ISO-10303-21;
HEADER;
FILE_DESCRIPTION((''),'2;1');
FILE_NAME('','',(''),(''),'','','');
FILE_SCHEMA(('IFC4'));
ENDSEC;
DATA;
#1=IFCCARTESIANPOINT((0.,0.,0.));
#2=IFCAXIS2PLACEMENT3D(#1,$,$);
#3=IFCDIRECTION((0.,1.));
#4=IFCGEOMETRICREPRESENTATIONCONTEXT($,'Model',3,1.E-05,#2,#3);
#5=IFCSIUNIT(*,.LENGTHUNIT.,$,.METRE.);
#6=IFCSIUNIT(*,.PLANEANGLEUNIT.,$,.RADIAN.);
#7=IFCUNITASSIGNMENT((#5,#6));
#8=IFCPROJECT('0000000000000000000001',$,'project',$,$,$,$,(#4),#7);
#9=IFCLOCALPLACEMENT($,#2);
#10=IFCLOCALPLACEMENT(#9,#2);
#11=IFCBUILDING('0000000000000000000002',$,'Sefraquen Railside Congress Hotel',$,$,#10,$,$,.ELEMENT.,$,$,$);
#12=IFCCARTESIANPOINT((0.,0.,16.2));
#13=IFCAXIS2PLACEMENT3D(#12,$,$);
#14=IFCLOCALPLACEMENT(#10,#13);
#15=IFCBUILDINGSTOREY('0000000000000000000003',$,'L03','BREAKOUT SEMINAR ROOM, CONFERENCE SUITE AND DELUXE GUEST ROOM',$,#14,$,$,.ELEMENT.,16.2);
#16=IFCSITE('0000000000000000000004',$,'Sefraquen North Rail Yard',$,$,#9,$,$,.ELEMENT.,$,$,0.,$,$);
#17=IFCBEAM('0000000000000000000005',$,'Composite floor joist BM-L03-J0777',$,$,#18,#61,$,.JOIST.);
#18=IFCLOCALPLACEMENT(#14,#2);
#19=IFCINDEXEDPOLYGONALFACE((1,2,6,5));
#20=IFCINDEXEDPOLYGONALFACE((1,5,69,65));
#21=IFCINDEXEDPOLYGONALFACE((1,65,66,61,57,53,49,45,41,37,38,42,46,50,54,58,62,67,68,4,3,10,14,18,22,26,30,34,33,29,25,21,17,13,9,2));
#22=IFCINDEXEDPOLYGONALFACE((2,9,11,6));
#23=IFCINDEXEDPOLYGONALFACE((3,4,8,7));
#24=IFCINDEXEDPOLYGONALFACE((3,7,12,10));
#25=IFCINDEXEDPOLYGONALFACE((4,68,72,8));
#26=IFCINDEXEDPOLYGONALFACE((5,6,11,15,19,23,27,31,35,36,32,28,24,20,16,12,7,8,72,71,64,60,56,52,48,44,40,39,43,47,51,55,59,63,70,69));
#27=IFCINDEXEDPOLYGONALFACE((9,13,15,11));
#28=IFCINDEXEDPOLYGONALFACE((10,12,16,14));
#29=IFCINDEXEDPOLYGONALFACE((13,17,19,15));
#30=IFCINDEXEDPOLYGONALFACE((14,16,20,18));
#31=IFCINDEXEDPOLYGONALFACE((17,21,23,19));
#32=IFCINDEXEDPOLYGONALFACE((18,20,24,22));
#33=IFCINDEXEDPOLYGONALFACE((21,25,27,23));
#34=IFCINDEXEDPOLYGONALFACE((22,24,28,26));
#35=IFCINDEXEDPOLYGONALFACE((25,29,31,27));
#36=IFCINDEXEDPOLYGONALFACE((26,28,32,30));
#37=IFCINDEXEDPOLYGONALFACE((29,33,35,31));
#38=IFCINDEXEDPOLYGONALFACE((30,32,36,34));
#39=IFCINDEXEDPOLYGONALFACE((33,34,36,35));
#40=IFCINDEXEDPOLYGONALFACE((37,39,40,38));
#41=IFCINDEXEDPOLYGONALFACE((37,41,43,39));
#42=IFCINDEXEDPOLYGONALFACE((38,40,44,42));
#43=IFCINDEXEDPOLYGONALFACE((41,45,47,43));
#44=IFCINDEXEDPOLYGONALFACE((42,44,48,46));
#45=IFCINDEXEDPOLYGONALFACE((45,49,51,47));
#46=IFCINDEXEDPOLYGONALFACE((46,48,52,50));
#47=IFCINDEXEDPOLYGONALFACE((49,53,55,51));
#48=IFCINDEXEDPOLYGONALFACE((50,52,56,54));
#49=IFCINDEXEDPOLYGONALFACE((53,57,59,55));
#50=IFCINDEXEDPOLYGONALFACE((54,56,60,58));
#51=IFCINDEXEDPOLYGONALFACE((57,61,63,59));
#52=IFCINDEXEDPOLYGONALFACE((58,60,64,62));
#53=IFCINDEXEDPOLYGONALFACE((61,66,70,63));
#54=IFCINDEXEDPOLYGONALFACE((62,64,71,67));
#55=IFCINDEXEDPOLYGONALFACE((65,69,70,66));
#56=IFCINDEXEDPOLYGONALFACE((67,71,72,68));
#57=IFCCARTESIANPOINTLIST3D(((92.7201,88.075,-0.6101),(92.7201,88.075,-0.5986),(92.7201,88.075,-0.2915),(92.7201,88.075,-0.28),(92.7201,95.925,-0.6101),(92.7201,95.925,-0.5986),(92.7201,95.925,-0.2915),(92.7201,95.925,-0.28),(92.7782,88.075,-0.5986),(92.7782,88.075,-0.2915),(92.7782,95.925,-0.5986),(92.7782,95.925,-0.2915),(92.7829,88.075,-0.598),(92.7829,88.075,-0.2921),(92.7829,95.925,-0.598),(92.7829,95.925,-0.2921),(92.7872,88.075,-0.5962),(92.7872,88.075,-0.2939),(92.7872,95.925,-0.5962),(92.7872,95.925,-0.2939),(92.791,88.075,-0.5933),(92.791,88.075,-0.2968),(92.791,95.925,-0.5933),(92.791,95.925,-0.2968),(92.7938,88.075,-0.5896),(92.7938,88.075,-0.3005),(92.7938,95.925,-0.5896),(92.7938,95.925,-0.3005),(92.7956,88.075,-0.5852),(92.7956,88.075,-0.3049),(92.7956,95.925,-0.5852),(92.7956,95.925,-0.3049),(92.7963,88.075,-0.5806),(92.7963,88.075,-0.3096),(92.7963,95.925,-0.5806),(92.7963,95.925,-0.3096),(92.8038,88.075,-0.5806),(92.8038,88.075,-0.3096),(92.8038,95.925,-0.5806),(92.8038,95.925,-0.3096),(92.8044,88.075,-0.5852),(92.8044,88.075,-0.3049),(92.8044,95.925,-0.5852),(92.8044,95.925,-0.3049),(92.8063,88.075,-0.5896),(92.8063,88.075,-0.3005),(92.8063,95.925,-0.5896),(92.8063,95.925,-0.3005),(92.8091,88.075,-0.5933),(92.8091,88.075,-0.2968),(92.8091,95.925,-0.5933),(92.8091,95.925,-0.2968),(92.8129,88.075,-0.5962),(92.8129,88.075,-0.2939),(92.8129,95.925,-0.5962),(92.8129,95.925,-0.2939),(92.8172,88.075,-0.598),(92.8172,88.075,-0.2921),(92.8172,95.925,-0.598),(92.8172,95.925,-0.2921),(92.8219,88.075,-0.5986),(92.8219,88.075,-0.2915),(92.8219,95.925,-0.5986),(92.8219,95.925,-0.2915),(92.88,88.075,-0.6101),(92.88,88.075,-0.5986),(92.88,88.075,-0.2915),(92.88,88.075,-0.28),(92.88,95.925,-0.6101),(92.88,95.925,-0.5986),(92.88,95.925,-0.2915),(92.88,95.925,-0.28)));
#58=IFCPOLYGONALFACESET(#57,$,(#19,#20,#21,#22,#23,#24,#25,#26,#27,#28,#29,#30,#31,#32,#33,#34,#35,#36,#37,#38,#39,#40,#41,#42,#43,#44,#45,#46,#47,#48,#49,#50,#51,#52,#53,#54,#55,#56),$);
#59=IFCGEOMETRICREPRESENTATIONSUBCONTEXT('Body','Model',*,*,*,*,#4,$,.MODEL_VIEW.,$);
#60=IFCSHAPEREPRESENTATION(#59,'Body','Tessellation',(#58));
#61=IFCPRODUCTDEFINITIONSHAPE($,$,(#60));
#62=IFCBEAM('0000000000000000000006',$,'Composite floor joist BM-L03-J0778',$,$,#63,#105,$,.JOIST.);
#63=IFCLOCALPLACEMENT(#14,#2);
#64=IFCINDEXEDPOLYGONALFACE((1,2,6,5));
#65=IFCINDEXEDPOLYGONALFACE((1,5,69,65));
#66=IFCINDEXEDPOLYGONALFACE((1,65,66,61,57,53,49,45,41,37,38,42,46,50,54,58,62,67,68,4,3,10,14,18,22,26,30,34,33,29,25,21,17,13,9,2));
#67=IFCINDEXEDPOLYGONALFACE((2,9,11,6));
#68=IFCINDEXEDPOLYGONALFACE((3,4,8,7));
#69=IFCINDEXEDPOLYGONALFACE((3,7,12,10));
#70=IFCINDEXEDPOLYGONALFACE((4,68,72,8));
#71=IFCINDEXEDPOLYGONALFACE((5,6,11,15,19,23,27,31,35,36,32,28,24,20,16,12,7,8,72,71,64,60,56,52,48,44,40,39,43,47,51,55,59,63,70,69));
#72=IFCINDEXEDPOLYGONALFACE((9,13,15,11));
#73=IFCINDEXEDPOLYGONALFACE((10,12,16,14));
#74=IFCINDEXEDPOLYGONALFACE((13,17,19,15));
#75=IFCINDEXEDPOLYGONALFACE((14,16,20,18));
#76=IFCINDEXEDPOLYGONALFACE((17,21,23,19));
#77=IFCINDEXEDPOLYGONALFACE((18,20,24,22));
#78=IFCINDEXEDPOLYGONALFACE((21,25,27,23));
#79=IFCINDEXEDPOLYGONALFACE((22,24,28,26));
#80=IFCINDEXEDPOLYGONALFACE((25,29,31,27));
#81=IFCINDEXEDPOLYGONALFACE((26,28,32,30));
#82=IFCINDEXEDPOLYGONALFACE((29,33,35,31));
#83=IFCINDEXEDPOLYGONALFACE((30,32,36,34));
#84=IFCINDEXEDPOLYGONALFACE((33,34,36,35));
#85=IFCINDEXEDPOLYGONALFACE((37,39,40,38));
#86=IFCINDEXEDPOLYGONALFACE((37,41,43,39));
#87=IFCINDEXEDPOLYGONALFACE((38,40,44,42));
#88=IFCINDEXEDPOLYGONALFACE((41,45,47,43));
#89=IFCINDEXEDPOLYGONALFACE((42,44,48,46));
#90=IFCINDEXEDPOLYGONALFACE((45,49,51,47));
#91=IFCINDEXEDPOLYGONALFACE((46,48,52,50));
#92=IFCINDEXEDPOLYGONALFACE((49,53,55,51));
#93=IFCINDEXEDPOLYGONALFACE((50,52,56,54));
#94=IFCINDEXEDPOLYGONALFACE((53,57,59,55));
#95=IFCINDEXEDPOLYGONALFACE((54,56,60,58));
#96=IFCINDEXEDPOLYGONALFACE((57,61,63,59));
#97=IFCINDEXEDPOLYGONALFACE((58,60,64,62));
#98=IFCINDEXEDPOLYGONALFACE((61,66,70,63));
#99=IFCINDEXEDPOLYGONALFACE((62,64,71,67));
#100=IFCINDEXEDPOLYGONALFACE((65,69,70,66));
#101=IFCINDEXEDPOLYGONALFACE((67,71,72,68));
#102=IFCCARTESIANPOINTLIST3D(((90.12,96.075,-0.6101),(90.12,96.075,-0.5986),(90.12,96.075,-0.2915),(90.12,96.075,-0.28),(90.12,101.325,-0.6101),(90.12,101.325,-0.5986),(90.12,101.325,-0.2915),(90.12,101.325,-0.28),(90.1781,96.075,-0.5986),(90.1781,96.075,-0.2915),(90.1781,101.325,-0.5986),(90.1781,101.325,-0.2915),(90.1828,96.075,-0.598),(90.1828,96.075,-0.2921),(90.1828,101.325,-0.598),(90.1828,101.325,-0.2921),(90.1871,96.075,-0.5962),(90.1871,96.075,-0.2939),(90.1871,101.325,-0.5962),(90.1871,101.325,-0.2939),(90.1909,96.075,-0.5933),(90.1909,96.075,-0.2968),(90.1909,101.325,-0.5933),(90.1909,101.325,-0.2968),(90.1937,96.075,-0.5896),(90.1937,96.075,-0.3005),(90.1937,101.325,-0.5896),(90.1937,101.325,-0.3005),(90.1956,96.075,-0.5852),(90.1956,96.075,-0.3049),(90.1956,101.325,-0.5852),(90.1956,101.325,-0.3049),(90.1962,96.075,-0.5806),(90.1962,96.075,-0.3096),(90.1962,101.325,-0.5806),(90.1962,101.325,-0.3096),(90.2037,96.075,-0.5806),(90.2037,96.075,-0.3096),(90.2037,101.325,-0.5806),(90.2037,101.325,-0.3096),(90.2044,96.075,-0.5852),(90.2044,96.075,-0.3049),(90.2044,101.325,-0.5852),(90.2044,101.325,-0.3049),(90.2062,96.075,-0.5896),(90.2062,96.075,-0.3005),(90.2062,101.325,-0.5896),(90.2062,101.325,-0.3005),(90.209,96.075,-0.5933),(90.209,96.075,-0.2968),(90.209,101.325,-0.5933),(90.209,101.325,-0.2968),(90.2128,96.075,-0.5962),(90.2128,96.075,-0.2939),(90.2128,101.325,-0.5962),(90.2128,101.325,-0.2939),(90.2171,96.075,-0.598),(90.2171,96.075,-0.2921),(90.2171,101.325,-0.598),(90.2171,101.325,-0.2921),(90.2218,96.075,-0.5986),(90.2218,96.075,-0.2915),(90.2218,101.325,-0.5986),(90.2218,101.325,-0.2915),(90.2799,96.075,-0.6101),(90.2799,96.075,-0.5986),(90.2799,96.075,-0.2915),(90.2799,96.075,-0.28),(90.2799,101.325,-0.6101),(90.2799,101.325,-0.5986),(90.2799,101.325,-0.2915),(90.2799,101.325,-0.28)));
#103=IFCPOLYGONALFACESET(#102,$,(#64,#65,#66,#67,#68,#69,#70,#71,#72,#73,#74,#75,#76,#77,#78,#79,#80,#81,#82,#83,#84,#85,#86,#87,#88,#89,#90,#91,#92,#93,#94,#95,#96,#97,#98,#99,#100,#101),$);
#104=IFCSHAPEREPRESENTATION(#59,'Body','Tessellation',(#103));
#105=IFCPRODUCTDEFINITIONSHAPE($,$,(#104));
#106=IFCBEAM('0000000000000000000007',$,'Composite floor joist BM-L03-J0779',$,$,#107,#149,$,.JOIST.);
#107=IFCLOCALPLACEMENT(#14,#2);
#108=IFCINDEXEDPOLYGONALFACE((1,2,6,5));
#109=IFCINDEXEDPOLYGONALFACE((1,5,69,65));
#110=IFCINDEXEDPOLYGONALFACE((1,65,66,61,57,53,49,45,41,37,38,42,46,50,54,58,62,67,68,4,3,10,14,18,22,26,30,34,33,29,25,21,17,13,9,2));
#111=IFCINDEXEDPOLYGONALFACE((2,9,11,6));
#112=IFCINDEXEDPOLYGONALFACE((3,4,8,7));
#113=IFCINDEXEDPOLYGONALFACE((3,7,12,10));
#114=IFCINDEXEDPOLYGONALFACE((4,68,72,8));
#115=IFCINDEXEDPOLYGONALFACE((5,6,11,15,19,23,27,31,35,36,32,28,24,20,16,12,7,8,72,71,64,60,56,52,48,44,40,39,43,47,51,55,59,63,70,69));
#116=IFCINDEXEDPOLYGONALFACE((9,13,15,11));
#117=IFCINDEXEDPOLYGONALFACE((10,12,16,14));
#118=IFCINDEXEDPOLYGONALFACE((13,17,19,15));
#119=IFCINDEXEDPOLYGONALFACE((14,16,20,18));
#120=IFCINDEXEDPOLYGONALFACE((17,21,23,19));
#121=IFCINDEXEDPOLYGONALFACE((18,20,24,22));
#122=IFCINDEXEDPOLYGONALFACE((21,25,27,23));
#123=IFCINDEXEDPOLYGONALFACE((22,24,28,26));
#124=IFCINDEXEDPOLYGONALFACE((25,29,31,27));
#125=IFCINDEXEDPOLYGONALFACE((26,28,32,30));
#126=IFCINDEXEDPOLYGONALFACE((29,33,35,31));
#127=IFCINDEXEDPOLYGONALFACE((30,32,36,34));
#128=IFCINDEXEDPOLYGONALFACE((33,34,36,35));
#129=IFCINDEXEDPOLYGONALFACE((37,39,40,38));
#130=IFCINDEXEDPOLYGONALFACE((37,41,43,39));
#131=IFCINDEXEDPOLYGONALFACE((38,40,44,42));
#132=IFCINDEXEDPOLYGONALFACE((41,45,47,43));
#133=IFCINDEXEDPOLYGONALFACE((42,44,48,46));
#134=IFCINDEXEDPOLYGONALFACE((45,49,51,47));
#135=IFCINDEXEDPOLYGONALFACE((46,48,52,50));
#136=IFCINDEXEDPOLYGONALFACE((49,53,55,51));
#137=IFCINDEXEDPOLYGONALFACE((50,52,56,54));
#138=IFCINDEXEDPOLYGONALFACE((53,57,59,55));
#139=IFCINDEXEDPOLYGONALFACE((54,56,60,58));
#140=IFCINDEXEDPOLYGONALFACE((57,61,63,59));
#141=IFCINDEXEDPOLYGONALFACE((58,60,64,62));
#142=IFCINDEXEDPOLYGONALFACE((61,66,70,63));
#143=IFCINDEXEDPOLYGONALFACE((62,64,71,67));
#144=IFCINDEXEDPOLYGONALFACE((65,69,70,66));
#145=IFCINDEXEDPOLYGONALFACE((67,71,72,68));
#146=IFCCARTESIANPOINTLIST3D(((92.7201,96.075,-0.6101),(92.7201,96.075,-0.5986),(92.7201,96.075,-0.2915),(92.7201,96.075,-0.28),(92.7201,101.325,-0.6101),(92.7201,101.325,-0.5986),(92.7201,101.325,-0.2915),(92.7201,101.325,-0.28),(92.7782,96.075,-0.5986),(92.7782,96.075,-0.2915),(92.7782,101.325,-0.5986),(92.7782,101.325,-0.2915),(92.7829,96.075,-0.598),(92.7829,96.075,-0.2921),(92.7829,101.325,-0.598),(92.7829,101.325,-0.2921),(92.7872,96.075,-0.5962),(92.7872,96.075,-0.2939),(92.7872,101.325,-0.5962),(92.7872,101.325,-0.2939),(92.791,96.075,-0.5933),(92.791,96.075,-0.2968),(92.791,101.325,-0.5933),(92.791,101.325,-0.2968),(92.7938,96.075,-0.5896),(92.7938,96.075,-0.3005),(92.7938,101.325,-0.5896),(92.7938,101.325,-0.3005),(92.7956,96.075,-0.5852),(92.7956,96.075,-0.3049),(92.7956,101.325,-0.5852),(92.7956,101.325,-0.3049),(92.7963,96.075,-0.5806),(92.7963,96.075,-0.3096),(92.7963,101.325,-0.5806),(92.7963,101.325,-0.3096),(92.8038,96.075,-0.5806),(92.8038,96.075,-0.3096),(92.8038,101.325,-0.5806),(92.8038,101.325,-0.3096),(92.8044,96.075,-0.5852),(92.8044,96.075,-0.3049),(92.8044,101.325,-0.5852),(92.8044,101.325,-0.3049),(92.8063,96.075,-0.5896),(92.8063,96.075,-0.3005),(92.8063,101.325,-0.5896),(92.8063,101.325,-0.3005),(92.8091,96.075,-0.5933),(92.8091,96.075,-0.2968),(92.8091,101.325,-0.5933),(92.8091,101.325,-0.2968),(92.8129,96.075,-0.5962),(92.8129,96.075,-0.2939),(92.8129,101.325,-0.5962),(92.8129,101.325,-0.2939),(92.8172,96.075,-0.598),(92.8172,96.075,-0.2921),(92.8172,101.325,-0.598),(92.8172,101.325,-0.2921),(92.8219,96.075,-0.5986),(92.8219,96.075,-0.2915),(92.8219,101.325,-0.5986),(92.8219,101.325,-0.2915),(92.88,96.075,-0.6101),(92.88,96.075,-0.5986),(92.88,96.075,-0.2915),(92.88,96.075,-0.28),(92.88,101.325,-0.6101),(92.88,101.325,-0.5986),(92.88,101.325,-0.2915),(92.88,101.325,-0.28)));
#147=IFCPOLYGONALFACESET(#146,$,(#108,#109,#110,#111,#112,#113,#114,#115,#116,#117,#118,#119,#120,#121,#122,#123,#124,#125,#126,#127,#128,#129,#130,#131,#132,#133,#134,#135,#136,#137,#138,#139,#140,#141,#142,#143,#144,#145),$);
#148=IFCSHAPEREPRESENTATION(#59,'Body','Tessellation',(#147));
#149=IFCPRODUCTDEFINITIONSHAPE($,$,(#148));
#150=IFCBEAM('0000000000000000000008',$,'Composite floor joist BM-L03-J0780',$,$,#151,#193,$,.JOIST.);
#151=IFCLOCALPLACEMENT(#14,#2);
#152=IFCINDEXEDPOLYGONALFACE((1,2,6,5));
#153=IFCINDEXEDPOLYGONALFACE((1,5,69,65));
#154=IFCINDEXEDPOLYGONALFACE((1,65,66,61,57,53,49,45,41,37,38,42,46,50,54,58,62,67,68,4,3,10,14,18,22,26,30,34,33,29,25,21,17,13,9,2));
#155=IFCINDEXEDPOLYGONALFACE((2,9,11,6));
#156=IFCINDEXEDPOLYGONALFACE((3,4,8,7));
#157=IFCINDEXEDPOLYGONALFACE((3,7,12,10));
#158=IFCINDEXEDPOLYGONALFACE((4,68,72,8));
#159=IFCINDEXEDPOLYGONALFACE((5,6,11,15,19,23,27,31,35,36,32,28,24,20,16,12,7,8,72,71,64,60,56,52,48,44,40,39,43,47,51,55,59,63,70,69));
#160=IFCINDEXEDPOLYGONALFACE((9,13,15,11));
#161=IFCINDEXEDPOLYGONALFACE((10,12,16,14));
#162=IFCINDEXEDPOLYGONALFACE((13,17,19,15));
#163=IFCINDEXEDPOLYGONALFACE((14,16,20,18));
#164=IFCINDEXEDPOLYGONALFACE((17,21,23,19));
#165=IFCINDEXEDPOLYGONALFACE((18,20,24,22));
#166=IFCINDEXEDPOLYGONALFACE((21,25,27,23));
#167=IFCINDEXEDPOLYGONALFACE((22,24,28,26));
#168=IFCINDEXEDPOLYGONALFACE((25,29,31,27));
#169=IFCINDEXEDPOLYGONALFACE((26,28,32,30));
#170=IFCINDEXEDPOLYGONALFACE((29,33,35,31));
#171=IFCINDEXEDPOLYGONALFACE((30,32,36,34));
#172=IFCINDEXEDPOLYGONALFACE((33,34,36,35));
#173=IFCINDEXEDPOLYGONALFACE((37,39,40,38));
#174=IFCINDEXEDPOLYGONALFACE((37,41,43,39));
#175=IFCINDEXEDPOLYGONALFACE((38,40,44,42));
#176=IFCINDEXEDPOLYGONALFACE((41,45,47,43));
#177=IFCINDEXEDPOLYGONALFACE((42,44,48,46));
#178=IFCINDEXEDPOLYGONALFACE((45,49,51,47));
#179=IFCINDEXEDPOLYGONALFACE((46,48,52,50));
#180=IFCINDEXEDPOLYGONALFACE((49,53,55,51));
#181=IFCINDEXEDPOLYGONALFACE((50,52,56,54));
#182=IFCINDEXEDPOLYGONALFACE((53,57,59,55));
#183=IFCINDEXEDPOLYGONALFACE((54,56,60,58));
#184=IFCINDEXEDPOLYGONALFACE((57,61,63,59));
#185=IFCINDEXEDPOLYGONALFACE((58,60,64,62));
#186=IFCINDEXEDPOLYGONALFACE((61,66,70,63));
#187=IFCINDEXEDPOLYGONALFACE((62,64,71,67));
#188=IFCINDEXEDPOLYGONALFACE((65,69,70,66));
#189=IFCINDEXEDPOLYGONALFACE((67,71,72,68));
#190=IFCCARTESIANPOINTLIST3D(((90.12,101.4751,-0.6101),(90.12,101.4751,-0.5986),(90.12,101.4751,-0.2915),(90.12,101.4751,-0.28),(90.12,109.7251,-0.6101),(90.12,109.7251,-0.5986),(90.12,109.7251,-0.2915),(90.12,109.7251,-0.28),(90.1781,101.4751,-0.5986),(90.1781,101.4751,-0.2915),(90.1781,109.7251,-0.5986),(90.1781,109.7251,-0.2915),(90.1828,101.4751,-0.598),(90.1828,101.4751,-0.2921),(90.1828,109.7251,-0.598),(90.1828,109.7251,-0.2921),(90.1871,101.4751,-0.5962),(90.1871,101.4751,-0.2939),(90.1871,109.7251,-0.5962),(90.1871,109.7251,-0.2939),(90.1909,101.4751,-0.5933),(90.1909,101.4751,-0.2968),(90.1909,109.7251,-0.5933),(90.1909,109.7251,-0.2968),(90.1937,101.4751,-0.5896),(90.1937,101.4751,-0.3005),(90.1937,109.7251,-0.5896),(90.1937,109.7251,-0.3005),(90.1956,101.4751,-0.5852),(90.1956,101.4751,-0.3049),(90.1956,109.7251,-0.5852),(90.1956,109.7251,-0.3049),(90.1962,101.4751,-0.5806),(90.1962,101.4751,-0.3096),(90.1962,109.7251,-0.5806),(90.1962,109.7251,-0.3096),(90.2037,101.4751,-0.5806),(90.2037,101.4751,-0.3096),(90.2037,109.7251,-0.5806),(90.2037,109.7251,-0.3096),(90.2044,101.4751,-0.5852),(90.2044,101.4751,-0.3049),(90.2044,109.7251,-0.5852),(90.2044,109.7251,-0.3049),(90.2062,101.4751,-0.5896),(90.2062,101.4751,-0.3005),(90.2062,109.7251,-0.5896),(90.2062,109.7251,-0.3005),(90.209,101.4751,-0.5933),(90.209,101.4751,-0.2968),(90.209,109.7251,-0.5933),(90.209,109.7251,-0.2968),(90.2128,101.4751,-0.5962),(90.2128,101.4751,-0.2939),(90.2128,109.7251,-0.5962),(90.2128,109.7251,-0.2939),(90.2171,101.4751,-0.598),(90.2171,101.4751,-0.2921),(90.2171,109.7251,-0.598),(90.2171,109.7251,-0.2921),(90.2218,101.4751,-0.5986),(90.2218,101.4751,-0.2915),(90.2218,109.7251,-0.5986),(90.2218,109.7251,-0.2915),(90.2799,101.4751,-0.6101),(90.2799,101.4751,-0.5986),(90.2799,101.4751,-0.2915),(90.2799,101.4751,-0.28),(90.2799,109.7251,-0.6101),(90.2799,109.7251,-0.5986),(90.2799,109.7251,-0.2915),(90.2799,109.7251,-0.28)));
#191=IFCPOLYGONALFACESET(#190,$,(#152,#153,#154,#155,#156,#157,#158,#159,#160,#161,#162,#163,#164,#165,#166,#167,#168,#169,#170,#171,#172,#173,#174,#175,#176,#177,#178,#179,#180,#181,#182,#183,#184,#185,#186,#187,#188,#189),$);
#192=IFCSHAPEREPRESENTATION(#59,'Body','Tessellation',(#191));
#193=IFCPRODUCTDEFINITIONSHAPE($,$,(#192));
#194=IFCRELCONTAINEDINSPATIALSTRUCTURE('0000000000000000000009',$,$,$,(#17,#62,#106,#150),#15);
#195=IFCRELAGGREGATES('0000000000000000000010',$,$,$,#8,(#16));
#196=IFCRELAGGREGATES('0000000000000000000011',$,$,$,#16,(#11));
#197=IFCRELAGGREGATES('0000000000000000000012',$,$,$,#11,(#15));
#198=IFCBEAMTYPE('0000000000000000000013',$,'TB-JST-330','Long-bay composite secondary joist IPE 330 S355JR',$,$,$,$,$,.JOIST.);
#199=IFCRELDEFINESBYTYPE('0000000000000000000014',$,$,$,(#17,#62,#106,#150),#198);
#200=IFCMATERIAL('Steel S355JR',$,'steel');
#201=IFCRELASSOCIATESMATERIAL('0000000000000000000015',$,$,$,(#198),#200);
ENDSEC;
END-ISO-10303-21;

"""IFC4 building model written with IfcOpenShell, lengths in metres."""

from ifc_helpers import new_model, si_unit, direction, frame, origin, origin_2d, place, context, subcontext, project, spatial, i_section, extrude, material, material_profile, profile_set, type_object, element, save


model = new_model("IFC4")

# Units and contexts
model_context = context("Model", 3, precision=1e-05, world=origin(), true_north=direction((0.0, 1.0)))
body_context = subcontext(model_context, "Body", "Model", "MODEL_VIEW")
ifc_project = project(units=[si_unit("LENGTHUNIT", "METRE"), si_unit("PLANEANGLEUNIT", "RADIAN")], contexts=[model_context])

# Site, building, storey
site_placement = place(None, origin())
site = spatial("IfcSite", under=ifc_project, at=site_placement, Name="Sefraquen North Rail Yard", CompositionType="ELEMENT", RefElevation=0.0)
building_placement = place(site_placement, origin())
building = spatial("IfcBuilding", under=site, at=building_placement, Name="Sefraquen Railside Congress Hotel", CompositionType="ELEMENT")
storey_placement = place(building_placement, frame((0.0, 0.0, 16.2)))
storey = spatial("IfcBuildingStorey", under=building, at=storey_placement, Name="L03", Description="BREAKOUT SEMINAR ROOM, CONFERENCE SUITE AND DELUXE GUEST ROOM", CompositionType="ELEMENT", Elevation=16.2)

# Shared definitions
ifc_material_1 = material(Name="Steel S355JR", Category="steel")

# Beams
ifc_material_profile_1 = material_profile(ifc_material_1, i_section(OverallWidth=0.1599, OverallDepth=0.3301, WebThickness=0.0076, FlangeThickness=0.0115, FilletRadius=0.0181, at=origin_2d()), Name="IPE 330")
ifc_profile_set_1 = profile_set([ifc_material_profile_1], Name="Steel S355JR")
beam_type_1 = type_object("IfcBeamType", Name="TB-JST-330", Description="Long-bay composite secondary joist IPE 330 S355JR", PredefinedType="JOIST", material=ifc_profile_set_1)
for number, where, z_axis, x_axis, name in (
    (1, (92.8, 88.075, -0.4451), (0.0, 1.0, 0.0), (-1.0, 0.0, 0.0), "Composite floor joist BM-L03-J0777"),
):
    element("IfcBeam", number, at=place(storey_placement, frame(where, z_axis=z_axis, x_axis=x_axis)), inside=storey, type_object=beam_type_1, Name=name, PredefinedType="JOIST", context=body_context, shape_type="SweptSolid", body=[
        extrude(i_section(OverallWidth=0.1599, OverallDepth=0.3301, WebThickness=0.0076, FlangeThickness=0.0115, FilletRadius=0.0181, at=origin_2d()), origin(), (0.0, 0.0, 1.0), 7.8501),
    ])
for number, where, z_axis, x_axis, name in (
    (2, (90.2, 96.075, -0.4451), (0.0, 1.0, 0.0), (-1.0, 0.0, 0.0), "Composite floor joist BM-L03-J0778"),
    (3, (92.8, 96.075, -0.4451), (0.0, 1.0, 0.0), (-1.0, 0.0, 0.0), "Composite floor joist BM-L03-J0779"),
):
    element("IfcBeam", number, at=place(storey_placement, frame(where, z_axis=z_axis, x_axis=x_axis)), inside=storey, type_object=beam_type_1, Name=name, PredefinedType="JOIST", context=body_context, shape_type="SweptSolid", body=[
        extrude(i_section(OverallWidth=0.1599, OverallDepth=0.3301, WebThickness=0.0076, FlangeThickness=0.0115, FilletRadius=0.0181, at=origin_2d()), origin(), (0.0, 0.0, 1.0), 5.25),
    ])
beam_1_placement = place(storey_placement, frame((90.2, 101.4751, -0.4451), z_axis=(0.0, 1.0, 0.0), x_axis=(-1.0, 0.0, 0.0)))
element("IfcBeam", 4, at=beam_1_placement, inside=storey, type_object=beam_type_1, Name="Composite floor joist BM-L03-J0780", PredefinedType="JOIST", context=body_context, shape_type="SweptSolid", body=[
    extrude(i_section(OverallWidth=0.1599, OverallDepth=0.3301, WebThickness=0.0076, FlangeThickness=0.0115, FilletRadius=0.0181, at=origin_2d()), origin(), (0.0, 0.0, 1.0), 8.25),
])

save(model, "model.ifc")
